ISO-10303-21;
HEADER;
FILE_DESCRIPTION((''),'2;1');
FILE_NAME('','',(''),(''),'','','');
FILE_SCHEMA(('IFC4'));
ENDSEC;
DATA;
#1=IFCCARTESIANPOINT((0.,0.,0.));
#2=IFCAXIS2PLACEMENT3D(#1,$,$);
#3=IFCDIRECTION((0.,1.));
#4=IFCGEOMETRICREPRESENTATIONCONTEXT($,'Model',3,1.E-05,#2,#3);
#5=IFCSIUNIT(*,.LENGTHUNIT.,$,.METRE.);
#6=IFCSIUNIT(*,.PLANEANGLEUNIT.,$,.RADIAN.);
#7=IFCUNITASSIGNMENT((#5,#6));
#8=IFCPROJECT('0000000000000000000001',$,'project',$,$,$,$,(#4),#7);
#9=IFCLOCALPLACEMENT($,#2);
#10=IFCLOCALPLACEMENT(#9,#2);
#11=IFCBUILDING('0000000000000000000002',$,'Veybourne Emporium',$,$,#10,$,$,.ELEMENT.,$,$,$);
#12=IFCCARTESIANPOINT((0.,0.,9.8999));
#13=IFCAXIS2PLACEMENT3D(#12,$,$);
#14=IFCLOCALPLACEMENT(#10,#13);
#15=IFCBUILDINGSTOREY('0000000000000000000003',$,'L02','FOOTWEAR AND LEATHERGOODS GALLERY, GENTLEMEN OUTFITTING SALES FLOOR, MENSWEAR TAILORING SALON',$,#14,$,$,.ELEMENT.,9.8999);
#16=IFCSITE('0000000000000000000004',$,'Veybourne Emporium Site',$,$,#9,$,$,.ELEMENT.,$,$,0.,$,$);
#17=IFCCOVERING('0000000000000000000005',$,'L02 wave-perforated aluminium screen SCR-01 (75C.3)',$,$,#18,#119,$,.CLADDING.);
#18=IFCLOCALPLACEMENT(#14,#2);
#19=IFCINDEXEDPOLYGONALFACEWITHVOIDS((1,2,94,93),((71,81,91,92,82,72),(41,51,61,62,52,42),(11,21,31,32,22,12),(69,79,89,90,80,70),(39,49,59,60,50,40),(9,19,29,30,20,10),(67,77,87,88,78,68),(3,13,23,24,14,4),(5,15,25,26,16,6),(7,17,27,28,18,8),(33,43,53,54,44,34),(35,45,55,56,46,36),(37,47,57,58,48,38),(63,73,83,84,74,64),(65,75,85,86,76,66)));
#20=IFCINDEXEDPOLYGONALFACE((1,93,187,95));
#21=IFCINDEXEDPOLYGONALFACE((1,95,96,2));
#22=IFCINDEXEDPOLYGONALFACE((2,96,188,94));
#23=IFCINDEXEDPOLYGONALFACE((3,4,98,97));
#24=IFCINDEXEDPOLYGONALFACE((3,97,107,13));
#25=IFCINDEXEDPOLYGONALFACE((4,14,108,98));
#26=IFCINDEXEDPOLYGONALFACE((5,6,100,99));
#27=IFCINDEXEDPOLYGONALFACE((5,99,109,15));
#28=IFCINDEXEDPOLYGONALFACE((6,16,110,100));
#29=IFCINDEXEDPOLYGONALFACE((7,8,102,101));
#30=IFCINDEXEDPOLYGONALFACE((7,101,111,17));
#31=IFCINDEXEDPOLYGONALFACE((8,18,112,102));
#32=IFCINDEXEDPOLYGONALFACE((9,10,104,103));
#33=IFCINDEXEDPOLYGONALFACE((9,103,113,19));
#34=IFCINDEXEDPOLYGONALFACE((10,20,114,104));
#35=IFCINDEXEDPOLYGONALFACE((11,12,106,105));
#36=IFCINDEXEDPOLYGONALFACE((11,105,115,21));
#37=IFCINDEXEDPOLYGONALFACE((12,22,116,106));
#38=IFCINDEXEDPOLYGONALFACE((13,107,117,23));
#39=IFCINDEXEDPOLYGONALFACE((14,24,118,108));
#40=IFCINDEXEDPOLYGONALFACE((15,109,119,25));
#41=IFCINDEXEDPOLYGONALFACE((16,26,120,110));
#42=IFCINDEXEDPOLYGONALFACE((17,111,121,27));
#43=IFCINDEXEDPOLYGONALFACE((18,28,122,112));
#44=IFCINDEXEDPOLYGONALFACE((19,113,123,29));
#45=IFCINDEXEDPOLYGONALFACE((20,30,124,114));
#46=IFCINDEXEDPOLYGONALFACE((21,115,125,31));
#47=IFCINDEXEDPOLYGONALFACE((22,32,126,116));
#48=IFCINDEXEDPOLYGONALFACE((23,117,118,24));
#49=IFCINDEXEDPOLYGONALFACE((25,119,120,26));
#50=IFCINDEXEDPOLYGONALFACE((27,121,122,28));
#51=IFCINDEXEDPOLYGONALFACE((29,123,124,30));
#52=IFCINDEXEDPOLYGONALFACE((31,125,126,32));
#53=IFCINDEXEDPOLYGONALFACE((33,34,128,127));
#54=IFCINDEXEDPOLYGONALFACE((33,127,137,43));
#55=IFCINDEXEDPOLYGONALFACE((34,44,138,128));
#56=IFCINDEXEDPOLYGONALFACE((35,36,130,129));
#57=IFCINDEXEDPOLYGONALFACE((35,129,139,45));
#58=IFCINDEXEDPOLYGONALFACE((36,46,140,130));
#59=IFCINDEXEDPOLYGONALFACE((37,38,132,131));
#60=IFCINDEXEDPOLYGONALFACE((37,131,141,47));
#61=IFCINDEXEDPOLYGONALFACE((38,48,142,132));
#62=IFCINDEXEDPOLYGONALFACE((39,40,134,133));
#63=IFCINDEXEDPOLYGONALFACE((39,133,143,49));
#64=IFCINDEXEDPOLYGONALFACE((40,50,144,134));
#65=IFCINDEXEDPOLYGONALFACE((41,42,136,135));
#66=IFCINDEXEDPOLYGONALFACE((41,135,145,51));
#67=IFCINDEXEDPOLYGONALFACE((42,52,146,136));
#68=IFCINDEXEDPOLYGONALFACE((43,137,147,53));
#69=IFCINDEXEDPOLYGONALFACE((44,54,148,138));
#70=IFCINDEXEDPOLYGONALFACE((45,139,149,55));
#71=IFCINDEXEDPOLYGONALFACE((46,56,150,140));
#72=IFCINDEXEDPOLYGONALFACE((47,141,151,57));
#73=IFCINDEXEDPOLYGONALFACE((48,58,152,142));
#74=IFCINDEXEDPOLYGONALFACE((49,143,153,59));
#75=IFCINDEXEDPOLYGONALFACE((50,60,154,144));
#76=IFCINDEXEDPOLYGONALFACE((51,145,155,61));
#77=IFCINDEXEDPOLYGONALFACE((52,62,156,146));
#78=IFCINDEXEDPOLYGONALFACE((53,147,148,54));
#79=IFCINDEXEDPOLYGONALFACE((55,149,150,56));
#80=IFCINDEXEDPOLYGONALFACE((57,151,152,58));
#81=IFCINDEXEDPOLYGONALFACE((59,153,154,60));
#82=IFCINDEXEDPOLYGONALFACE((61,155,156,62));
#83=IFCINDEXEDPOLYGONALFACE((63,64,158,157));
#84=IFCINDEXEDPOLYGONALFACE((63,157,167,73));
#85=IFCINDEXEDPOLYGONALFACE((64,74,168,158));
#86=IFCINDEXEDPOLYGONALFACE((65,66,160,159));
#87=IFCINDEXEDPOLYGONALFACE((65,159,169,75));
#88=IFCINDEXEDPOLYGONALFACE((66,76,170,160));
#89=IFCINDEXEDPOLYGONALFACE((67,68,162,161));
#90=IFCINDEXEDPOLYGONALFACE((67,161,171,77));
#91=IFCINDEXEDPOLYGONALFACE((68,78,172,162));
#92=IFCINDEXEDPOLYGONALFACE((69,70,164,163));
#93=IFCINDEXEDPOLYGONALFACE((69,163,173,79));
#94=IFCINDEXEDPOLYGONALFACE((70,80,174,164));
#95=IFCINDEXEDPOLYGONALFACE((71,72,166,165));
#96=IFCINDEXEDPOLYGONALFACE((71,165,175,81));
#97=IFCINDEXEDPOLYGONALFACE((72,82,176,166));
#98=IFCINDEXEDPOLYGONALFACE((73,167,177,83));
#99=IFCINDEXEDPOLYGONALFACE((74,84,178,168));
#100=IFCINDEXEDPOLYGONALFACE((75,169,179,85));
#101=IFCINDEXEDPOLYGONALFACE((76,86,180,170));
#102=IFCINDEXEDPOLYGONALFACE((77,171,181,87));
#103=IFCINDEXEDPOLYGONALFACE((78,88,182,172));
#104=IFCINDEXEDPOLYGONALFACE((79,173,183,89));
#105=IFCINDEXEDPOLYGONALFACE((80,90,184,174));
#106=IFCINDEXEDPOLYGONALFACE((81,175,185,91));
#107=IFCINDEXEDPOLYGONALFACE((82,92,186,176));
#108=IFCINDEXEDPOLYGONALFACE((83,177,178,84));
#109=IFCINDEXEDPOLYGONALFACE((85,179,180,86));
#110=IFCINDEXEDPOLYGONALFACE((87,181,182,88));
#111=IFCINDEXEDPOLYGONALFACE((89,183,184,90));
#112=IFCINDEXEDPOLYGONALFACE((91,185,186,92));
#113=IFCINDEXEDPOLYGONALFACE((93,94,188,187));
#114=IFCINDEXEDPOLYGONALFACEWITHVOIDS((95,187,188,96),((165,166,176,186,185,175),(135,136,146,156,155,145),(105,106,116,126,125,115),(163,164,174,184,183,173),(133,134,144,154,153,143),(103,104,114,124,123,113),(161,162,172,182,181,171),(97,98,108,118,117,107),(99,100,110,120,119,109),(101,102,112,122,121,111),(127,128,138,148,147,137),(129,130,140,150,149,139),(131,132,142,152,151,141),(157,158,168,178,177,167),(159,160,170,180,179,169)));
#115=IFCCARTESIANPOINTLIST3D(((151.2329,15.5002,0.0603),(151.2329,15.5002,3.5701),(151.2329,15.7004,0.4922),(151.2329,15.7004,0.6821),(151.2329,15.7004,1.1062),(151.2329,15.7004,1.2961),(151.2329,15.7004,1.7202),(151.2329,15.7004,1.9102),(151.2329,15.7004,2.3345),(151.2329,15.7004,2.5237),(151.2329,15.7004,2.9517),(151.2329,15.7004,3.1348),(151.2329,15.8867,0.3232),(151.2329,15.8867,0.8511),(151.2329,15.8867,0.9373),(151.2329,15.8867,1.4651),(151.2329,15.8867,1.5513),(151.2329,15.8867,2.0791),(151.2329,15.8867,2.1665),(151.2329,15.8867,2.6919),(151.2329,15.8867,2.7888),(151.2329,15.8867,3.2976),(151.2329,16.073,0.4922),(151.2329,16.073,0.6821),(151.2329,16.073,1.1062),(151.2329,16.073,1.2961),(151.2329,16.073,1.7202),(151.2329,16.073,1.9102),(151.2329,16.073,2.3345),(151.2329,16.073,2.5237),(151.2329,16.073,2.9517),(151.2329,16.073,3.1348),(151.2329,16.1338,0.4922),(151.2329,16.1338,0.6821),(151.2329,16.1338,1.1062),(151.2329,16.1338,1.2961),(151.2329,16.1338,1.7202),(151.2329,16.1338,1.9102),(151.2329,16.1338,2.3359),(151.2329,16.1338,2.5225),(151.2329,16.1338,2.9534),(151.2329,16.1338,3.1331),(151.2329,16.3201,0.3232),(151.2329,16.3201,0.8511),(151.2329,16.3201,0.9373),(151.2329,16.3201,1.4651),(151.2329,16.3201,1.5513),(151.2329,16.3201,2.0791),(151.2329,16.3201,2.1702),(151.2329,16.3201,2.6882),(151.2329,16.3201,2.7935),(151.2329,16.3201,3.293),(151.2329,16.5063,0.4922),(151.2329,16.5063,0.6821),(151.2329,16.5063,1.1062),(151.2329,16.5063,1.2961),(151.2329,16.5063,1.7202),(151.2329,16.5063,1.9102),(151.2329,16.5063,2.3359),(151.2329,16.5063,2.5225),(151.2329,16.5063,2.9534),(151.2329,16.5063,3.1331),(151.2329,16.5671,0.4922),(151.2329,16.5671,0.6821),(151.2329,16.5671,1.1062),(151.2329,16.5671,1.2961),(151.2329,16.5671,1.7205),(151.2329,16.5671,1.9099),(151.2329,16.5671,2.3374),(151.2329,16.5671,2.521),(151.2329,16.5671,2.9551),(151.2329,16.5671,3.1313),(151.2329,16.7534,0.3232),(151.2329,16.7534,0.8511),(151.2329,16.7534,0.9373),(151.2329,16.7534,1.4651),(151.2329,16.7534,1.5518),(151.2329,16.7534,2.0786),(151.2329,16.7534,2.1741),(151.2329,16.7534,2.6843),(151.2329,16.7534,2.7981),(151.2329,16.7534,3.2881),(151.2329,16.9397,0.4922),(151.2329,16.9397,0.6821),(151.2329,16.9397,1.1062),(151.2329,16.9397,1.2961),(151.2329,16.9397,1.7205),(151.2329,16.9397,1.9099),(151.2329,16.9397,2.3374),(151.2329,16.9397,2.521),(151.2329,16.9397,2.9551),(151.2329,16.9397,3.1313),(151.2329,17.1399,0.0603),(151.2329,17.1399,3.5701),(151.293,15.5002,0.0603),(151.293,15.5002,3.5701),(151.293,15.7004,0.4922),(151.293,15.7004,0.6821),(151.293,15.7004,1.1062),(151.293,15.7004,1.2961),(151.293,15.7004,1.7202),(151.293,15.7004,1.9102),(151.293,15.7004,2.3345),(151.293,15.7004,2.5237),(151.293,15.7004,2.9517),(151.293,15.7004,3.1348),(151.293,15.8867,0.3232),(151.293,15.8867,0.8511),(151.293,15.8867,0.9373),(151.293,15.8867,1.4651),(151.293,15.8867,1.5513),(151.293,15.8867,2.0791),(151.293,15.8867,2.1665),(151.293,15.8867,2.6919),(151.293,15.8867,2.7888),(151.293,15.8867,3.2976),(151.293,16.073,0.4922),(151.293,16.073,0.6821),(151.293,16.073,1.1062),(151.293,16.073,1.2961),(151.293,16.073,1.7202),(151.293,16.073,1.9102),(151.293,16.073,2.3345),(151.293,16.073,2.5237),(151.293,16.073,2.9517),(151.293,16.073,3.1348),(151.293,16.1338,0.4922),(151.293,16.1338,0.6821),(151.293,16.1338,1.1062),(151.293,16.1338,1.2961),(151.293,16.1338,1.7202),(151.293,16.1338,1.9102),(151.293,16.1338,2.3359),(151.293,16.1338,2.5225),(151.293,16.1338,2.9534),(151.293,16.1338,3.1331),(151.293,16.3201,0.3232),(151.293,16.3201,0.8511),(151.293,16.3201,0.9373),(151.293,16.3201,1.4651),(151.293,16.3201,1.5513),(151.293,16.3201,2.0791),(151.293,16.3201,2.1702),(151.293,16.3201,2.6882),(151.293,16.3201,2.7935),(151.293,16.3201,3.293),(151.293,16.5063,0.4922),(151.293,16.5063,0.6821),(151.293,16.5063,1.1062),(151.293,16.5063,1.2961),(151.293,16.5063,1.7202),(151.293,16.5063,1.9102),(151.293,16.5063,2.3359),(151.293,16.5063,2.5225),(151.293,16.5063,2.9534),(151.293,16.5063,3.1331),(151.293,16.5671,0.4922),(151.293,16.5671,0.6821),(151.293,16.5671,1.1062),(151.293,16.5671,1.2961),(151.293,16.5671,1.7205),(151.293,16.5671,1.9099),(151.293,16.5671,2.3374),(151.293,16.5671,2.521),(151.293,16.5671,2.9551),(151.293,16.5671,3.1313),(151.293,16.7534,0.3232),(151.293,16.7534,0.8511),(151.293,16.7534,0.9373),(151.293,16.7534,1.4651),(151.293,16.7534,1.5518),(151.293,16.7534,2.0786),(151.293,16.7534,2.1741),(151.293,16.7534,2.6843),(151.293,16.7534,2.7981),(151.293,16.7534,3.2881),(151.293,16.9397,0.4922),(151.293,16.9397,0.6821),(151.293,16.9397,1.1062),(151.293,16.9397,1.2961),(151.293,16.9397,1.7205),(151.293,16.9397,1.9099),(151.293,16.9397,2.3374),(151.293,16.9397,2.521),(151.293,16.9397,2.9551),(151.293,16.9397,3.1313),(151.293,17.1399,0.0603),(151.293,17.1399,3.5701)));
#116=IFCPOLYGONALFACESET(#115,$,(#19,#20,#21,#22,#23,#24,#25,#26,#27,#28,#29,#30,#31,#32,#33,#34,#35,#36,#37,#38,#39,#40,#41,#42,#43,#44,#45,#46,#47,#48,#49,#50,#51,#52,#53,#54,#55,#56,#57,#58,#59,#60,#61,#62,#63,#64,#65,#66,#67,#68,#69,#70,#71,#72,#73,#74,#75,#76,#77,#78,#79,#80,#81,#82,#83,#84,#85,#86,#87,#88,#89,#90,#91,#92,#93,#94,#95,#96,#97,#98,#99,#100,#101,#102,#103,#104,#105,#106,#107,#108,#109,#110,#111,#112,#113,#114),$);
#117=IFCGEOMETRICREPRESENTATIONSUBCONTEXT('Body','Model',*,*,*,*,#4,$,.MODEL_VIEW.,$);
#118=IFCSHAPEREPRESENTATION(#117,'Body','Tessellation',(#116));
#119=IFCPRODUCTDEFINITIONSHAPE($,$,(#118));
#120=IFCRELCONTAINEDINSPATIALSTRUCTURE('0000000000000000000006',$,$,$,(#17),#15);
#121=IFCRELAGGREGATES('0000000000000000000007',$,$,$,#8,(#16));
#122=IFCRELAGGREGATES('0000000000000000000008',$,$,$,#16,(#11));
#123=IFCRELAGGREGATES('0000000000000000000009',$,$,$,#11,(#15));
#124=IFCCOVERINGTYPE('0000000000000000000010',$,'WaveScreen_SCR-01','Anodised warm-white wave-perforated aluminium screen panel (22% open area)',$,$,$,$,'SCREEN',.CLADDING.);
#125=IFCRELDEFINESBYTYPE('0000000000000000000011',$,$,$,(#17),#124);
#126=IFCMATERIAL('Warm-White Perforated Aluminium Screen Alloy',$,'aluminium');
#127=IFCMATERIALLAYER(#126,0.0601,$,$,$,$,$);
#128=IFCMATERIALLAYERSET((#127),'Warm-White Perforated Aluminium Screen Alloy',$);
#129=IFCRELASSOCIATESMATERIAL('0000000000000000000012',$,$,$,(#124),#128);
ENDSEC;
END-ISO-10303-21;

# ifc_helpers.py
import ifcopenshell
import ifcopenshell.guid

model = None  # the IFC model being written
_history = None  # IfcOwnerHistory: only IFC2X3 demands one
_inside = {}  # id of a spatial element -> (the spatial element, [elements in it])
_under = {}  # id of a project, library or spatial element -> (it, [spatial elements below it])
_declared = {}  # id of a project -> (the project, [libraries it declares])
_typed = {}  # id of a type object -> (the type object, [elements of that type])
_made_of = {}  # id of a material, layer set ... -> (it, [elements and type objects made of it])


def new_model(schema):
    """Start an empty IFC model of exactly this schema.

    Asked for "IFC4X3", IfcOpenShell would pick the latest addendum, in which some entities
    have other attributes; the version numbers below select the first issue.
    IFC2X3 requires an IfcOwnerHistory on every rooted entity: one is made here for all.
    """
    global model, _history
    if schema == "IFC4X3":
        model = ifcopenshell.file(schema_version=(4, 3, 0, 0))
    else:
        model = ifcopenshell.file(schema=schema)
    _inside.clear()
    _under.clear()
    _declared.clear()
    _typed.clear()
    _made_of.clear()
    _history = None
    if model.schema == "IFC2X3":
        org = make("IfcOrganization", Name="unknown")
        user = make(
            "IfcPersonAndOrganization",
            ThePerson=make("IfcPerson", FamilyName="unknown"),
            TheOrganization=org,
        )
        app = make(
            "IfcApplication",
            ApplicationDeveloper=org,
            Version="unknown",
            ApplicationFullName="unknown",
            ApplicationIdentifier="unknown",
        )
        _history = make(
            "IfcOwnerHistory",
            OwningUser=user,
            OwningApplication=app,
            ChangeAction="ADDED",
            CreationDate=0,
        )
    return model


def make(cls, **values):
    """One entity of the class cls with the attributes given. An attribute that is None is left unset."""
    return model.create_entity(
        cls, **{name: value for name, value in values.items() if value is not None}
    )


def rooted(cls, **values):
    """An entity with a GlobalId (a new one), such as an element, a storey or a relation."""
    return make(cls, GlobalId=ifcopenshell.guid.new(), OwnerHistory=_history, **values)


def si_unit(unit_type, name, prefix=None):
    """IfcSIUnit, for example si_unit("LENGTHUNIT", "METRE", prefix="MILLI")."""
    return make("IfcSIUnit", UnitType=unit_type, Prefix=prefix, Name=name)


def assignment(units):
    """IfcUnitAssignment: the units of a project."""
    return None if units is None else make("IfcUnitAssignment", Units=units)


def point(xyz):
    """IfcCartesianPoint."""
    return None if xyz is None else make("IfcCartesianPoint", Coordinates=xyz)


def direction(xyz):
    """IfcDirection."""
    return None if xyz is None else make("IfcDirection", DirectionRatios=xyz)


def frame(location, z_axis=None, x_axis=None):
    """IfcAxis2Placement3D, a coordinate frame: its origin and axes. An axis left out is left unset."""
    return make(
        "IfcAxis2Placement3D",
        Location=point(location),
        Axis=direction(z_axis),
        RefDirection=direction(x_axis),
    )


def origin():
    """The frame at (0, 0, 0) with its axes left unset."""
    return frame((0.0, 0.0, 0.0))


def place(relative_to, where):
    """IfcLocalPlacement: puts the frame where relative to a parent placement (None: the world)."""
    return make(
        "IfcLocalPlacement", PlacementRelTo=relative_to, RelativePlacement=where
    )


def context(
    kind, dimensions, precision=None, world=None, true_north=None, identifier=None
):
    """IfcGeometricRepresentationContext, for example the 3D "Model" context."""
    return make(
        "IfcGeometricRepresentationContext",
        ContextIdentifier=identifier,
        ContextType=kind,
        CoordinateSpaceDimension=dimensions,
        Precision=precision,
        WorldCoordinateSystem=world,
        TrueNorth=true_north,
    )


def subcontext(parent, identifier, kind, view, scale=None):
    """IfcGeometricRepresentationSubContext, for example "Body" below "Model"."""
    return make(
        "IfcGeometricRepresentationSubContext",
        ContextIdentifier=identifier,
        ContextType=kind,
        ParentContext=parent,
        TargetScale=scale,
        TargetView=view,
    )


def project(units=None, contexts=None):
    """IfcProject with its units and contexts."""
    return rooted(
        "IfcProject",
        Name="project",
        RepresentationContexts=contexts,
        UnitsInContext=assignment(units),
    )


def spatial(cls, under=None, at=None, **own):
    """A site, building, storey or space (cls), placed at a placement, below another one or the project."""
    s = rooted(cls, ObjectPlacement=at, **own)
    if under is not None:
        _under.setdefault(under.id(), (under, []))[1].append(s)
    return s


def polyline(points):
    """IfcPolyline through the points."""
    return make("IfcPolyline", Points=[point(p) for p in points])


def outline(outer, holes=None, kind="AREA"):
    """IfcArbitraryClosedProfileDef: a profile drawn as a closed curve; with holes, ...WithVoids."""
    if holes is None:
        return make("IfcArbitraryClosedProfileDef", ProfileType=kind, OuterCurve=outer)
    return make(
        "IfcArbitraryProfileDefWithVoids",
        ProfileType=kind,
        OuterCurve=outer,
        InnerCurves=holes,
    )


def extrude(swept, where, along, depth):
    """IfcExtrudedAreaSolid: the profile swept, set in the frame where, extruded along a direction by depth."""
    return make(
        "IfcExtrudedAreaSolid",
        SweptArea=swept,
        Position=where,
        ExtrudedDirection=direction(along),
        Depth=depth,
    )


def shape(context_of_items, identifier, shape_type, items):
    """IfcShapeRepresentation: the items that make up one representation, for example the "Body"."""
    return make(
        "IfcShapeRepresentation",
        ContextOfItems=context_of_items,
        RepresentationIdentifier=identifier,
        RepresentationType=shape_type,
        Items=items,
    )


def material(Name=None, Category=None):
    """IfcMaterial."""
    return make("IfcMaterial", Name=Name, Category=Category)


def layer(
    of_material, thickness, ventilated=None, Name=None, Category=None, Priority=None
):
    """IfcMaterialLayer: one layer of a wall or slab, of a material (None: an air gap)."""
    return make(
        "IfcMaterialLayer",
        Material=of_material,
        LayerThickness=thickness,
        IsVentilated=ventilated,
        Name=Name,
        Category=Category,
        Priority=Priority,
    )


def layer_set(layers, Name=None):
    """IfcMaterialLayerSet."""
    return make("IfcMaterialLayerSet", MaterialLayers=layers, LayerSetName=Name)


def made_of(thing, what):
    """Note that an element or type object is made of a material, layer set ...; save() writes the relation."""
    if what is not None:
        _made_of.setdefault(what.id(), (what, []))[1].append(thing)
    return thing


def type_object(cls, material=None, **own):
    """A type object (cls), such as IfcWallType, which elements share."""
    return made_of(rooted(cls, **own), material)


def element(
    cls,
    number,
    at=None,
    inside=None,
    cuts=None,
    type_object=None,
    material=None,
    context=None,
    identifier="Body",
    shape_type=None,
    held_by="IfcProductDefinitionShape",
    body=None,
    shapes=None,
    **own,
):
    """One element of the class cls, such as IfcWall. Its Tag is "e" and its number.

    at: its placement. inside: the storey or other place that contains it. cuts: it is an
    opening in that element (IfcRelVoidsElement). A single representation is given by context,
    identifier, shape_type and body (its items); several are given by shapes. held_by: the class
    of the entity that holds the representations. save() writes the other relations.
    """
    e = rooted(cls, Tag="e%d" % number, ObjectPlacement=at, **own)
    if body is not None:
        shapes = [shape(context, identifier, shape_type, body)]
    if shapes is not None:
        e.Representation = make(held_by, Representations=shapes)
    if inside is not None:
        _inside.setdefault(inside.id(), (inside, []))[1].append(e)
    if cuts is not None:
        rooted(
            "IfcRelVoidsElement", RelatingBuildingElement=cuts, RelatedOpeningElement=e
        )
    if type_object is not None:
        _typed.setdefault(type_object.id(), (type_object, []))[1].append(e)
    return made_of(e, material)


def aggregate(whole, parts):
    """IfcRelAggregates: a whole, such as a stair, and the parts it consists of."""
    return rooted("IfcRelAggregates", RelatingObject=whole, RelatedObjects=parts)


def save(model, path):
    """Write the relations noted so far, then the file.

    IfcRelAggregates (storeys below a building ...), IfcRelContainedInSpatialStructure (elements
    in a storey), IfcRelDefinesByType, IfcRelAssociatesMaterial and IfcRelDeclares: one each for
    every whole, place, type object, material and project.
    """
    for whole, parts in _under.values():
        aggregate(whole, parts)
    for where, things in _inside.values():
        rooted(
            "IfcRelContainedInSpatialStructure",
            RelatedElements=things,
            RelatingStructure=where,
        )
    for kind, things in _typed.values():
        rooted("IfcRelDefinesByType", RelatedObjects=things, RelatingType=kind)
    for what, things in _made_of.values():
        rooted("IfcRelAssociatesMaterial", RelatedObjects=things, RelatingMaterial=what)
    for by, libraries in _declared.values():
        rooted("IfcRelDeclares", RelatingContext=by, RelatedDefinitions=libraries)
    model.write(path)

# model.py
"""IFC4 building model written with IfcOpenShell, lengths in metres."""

from ifc_helpers import new_model, si_unit, direction, frame, origin, place, context, subcontext, project, spatial, polyline, outline, extrude, material, layer, layer_set, type_object, element, save


model = new_model("IFC4")

# Units and contexts
model_context = context("Model", 3, precision=1e-05, world=origin(), true_north=direction((0.0, 1.0)))
body_context = subcontext(model_context, "Body", "Model", "MODEL_VIEW")
ifc_project = project(units=[si_unit("LENGTHUNIT", "METRE"), si_unit("PLANEANGLEUNIT", "RADIAN")], contexts=[model_context])

# Site, building, storey
site_placement = place(None, origin())
site = spatial("IfcSite", under=ifc_project, at=site_placement, Name="Veybourne Emporium Site", CompositionType="ELEMENT", RefElevation=0.0)
building_placement = place(site_placement, origin())
building = spatial("IfcBuilding", under=site, at=building_placement, Name="Veybourne Emporium", CompositionType="ELEMENT")
storey_placement = place(building_placement, frame((0.0, 0.0, 9.8999)))
storey = spatial("IfcBuildingStorey", under=building, at=storey_placement, Name="L02", Description="FOOTWEAR AND LEATHERGOODS GALLERY, GENTLEMEN OUTFITTING SALES FLOOR, MENSWEAR TAILORING SALON", CompositionType="ELEMENT", Elevation=9.8999)

# Covering
ifc_material_1 = material(Name="Warm-White Perforated Aluminium Screen Alloy", Category="aluminium")
ifc_layer_1 = layer(ifc_material_1, 0.0601)
ifc_layer_set_1 = layer_set([ifc_layer_1], Name="Warm-White Perforated Aluminium Screen Alloy")
covering_type_1 = type_object("IfcCoveringType", Name="WaveScreen_SCR-01", Description="Anodised warm-white wave-perforated aluminium screen panel (22% open area)", ElementType="SCREEN", PredefinedType="CLADDING", material=ifc_layer_set_1)
covering_1_placement = place(storey_placement, frame((151.293, 16.3201, 1.8152), z_axis=(-1.0, 0.0, 0.0), x_axis=(0.0, -1.0, 0.0)))
element("IfcCovering", 1, at=covering_1_placement, inside=storey, type_object=covering_type_1, Name="L02 wave-perforated aluminium screen SCR-01 (75C.3)", PredefinedType="CLADDING", context=body_context, shape_type="SweptSolid", body=[
    extrude(outline(polyline([(-0.8198, -1.7549), (0.8198, -1.7549), (0.8198, 1.7549), (-0.8198, 1.7549), (-0.8198, -1.7549)]), holes=[polyline([(-0.4333, -0.9641), (-0.2471, -1.1331), (-0.2471, -1.323), (-0.4333, -1.4919), (-0.6196, -1.323), (-0.6196, -1.1331), (-0.4333, -0.9641)]), polyline([(-0.4333, -0.3501), (-0.2471, -0.519), (-0.2471, -0.709), (-0.4333, -0.8779), (-0.6196, -0.709), (-0.6196, -0.519), (-0.4333, -0.3501)]), polyline([(-0.4333, 0.2634), (-0.2471, 0.0947), (-0.2471, -0.0947), (-0.4333, -0.2634), (-0.6196, -0.0947), (-0.6196, 0.0947), (-0.4333, 0.2634)]), polyline([(-0.4333, 0.8691), (-0.2471, 0.7058), (-0.2471, 0.5222), (-0.4333, 0.3589), (-0.6196, 0.5222), (-0.6196, 0.7058), (-0.4333, 0.8691)]), polyline([(-0.4333, 1.4729), (-0.2471, 1.3162), (-0.2471, 1.1399), (-0.4333, 0.9829), (-0.6196, 1.1399), (-0.6196, 1.3162), (-0.4333, 1.4729)]), polyline([(0.0, -0.9641), (0.1863, -1.1331), (0.1863, -1.323), (0.0, -1.4919), (-0.1863, -1.323), (-0.1863, -1.1331), (0.0, -0.9641)]), polyline([(0.0, -0.3501), (0.1863, -0.519), (0.1863, -0.709), (0.0, -0.8779), (-0.1863, -0.709), (-0.1863, -0.519), (0.0, -0.3501)]), polyline([(0.0, 0.2639), (0.1863, 0.095), (0.1863, -0.095), (0.0, -0.2639), (-0.1863, -0.095), (-0.1863, 0.095), (0.0, 0.2639)]), polyline([(0.0, 0.873), (0.1863, 0.7073), (0.1863, 0.5208), (0.0, 0.355), (-0.1863, 0.5208), (-0.1863, 0.7073), (0.0, 0.873)]), polyline([(0.0, 1.4778), (0.1863, 1.3179), (0.1863, 1.1382), (0.0, 0.9783), (-0.1863, 1.1382), (-0.1863, 1.3179), (0.0, 1.4778)]), polyline([(0.4333, -0.9641), (0.6196, -1.1331), (0.6196, -1.323), (0.4333, -1.4919), (0.2471, -1.323), (0.2471, -1.1331), (0.4333, -0.9641)]), polyline([(0.4333, -0.3501), (0.6196, -0.519), (0.6196, -0.709), (0.4333, -0.8779), (0.2471, -0.709), (0.2471, -0.519), (0.4333, -0.3501)]), polyline([(0.4333, 0.2639), (0.6196, 0.095), (0.6196, -0.095), (0.4333, -0.2639), (0.2471, -0.095), (0.2471, 0.095), (0.4333, 0.2639)]), polyline([(0.4333, 0.8767), (0.6196, 0.7085), (0.6196, 0.5193), (0.4333, 0.3513), (0.2471, 0.5193), (0.2471, 0.7085), (0.4333, 0.8767)]), polyline([(0.4333, 1.4824), (0.6196, 1.3196), (0.6196, 1.1365), (0.4333, 0.9736), (0.2471, 1.1365), (0.2471, 1.3196), (0.4333, 1.4824)])]), origin(), (0.0, 0.0, 1.0), 0.0601),
])

save(model, "model.ifc")
